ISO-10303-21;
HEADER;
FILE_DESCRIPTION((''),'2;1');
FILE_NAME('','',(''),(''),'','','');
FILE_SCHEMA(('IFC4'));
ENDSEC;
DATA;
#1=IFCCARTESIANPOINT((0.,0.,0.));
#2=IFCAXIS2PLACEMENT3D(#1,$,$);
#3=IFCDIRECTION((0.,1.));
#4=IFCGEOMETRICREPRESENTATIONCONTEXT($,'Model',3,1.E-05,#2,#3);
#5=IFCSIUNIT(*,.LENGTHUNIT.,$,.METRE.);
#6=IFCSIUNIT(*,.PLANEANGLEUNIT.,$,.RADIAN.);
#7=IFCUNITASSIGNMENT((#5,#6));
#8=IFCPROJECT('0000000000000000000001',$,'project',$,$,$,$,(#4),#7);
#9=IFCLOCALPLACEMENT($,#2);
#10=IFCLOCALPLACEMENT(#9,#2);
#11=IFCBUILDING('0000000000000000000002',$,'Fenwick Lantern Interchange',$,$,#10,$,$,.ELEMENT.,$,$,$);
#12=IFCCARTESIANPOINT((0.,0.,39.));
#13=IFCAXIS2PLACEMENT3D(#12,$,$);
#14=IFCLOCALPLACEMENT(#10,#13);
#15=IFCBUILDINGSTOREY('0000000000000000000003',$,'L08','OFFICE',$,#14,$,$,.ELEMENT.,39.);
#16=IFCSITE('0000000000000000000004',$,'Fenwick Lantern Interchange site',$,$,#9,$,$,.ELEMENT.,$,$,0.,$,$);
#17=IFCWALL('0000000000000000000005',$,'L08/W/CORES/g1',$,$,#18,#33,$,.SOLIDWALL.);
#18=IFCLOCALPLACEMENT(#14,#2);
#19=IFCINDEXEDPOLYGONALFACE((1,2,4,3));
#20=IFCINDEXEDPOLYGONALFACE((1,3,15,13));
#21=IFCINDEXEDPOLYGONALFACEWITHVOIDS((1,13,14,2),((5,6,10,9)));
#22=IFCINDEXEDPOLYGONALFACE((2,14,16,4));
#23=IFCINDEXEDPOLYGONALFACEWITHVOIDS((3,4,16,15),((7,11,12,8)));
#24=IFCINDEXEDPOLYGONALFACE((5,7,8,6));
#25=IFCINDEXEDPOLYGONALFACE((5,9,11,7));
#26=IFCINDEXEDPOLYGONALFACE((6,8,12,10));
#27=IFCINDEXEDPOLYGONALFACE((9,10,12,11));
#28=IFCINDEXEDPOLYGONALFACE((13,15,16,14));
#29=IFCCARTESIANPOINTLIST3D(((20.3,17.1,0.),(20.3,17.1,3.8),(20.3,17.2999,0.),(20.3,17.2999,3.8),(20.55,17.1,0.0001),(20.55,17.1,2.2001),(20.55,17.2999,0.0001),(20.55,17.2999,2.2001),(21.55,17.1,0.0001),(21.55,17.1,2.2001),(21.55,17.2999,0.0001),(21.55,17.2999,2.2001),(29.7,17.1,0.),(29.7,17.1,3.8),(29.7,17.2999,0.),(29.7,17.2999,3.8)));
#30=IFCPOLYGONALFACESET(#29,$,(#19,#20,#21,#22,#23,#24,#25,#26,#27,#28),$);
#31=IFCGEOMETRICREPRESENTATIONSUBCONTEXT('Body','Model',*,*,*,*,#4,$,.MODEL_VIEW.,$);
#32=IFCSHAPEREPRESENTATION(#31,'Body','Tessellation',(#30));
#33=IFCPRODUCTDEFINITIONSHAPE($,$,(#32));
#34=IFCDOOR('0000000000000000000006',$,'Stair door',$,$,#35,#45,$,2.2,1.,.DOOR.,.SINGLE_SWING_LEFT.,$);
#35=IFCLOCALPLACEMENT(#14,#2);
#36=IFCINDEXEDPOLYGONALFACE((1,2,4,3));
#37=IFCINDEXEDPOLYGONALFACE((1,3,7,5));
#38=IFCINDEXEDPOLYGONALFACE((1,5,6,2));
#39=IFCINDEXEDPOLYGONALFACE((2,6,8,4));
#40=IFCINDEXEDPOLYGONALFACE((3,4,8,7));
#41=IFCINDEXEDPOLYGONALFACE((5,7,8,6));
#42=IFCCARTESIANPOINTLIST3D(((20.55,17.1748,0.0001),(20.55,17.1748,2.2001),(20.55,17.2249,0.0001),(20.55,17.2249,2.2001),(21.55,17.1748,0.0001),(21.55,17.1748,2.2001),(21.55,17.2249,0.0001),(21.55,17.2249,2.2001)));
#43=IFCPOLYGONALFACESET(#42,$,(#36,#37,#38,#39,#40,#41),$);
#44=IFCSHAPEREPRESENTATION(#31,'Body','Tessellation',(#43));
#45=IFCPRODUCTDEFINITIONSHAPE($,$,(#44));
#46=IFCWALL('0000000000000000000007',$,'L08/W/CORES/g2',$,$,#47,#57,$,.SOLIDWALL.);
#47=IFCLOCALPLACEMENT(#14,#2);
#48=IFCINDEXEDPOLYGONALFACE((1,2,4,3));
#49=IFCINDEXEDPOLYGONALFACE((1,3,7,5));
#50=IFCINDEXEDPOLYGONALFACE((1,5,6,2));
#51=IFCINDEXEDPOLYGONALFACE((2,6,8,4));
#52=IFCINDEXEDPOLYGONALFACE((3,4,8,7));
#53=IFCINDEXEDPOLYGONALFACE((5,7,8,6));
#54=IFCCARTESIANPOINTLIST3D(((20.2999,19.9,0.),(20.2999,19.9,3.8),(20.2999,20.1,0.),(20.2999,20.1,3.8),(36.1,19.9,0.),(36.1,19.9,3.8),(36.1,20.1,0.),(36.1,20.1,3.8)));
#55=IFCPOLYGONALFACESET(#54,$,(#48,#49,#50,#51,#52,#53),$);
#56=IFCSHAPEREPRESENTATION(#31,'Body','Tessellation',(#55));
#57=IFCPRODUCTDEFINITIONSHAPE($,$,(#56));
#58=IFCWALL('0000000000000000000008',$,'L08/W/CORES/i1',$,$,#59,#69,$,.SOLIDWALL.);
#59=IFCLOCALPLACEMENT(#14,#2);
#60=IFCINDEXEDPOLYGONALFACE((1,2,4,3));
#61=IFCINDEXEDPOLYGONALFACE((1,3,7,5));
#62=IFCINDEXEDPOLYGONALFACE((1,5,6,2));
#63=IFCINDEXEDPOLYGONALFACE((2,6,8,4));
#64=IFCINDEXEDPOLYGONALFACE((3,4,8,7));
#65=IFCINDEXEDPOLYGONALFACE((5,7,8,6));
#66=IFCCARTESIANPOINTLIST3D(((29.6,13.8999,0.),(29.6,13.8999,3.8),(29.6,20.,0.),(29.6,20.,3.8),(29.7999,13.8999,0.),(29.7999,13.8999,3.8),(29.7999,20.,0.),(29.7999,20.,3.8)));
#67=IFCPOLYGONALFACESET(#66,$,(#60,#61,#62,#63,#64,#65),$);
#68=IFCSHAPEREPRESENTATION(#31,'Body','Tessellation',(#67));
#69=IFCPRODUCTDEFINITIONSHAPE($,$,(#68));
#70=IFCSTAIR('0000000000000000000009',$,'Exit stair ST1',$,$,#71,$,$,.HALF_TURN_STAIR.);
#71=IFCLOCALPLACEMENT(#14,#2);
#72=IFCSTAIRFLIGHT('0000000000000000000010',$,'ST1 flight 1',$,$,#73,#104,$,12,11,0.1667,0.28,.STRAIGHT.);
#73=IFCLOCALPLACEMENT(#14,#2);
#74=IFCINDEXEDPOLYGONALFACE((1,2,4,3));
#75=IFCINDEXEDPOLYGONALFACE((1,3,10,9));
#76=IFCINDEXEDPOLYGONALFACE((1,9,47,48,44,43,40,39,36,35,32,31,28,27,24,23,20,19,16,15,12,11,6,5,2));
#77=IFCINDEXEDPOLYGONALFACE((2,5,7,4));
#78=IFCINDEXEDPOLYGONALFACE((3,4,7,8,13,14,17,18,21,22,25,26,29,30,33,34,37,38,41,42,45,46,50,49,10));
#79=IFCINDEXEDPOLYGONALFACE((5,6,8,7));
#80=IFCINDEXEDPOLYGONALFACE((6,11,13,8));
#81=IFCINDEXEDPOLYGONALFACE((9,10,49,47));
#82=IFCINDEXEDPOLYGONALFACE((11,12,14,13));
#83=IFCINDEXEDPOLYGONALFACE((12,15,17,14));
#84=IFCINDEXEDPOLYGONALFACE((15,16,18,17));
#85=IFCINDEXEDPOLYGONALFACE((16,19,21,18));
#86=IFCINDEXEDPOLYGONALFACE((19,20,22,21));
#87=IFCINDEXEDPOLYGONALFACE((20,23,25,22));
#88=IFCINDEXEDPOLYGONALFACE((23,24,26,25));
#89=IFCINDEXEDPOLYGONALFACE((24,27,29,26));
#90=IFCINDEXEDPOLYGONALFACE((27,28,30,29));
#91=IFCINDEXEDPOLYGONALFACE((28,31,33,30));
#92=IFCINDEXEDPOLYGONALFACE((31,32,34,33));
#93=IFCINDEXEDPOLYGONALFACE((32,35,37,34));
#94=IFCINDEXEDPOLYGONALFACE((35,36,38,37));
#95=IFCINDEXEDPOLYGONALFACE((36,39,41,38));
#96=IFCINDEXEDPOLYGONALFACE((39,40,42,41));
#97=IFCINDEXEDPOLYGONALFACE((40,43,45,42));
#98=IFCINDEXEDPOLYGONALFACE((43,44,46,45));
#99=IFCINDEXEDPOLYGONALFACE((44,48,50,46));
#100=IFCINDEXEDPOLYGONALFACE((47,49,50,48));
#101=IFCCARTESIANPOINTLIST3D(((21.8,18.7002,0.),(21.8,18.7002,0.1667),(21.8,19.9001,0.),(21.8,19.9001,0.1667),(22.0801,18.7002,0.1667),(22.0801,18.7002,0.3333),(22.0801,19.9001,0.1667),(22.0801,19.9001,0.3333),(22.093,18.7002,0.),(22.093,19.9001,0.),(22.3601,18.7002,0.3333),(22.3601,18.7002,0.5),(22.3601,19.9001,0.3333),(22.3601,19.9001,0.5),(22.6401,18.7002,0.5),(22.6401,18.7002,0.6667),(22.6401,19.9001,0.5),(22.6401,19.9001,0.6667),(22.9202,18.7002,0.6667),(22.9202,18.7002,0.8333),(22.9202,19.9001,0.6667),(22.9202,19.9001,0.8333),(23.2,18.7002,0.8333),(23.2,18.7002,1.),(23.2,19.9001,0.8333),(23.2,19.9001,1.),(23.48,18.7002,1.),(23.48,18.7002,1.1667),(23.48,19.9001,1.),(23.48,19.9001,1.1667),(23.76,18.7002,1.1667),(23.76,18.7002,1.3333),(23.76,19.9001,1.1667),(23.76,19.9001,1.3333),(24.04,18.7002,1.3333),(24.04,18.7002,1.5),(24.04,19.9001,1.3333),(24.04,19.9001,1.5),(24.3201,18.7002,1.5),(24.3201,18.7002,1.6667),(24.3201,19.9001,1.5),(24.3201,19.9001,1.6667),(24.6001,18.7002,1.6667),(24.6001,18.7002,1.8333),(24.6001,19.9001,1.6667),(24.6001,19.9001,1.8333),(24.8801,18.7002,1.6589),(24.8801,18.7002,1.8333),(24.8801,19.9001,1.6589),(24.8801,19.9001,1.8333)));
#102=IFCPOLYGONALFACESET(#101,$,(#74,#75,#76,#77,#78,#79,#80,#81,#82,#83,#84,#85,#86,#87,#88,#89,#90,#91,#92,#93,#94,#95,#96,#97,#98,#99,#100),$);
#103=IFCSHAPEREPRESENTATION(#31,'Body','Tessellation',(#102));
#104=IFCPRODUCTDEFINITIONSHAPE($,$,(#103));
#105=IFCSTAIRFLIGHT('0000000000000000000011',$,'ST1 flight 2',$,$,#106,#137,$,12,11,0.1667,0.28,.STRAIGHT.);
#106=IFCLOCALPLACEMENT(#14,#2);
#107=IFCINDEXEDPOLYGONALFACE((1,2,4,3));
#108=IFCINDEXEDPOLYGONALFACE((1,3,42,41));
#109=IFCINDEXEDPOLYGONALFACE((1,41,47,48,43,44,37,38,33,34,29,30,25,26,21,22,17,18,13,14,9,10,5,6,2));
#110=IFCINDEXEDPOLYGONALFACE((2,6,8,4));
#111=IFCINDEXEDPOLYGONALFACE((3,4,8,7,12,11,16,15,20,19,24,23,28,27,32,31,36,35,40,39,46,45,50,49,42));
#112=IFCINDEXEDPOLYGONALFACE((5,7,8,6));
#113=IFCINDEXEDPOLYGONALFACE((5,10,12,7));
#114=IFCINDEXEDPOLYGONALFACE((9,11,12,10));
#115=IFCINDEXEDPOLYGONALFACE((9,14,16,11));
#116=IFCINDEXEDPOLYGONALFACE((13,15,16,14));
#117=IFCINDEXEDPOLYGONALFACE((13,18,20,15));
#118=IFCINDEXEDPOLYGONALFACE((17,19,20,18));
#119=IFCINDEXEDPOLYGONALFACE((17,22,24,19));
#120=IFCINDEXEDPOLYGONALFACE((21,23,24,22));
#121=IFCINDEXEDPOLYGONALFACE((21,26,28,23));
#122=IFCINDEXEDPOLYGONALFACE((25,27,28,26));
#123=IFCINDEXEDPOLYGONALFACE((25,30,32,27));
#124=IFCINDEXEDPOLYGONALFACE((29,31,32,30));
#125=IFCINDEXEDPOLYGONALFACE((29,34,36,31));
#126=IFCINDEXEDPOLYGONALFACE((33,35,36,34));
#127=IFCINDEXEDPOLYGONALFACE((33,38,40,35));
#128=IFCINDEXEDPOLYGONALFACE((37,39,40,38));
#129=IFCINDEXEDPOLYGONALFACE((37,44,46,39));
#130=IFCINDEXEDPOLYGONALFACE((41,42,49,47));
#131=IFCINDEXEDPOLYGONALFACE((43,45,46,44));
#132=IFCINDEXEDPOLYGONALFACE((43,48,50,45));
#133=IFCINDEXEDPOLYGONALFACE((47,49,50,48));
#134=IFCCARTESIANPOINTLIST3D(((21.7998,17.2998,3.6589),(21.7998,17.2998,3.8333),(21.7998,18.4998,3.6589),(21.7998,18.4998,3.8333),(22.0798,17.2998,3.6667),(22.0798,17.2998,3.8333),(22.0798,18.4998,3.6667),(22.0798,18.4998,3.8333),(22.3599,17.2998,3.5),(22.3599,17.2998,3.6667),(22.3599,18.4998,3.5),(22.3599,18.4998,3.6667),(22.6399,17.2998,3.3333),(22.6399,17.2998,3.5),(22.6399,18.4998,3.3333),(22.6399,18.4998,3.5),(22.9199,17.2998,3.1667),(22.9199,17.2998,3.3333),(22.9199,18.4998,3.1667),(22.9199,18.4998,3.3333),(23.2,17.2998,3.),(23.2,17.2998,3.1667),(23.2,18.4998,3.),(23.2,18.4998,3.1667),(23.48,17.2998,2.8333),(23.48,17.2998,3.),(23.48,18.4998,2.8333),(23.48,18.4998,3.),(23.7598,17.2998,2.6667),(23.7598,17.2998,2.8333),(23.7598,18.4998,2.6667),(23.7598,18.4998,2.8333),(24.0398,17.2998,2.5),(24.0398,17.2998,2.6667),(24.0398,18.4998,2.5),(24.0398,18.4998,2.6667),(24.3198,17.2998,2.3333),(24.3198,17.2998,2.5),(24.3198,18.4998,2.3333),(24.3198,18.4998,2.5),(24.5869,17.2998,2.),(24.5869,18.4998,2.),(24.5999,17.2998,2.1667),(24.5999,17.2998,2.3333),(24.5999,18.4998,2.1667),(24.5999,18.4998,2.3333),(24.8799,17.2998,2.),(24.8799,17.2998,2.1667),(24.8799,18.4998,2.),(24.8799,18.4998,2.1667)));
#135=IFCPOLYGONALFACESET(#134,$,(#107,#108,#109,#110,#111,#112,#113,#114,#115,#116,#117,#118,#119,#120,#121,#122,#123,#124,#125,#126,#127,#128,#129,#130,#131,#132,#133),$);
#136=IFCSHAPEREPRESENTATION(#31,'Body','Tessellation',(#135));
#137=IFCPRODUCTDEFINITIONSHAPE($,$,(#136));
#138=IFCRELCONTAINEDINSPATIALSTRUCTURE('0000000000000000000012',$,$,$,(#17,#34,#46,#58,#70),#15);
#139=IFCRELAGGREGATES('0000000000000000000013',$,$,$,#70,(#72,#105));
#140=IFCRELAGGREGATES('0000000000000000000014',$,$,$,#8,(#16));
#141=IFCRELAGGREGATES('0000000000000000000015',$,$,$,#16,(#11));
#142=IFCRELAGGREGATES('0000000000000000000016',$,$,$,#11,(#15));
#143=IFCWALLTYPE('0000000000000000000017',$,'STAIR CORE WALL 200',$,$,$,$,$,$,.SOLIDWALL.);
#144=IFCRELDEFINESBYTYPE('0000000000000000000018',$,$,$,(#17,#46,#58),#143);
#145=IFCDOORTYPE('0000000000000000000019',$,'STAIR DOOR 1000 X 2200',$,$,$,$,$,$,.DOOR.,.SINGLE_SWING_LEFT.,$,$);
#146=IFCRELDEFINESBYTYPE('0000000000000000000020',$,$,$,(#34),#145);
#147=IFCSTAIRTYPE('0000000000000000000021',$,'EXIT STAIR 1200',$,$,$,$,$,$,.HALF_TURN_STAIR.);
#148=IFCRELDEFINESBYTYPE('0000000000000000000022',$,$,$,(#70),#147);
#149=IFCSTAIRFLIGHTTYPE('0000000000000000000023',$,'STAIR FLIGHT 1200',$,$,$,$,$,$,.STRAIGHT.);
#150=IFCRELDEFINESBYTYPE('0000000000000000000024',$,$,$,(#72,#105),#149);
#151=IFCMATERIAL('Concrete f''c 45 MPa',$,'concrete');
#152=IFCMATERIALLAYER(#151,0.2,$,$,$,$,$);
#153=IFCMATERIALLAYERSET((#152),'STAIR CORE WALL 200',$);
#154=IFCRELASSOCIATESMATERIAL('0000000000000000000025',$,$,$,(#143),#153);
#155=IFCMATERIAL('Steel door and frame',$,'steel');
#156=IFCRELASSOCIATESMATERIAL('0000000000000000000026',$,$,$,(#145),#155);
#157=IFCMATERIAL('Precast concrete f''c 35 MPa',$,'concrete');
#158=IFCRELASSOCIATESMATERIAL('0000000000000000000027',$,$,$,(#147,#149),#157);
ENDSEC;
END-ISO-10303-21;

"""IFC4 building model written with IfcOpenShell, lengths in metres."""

from ifc_helpers import new_model, si_unit, direction, frame, frame_2d, origin, place, context, subcontext, project, spatial, polyline, rectangle, outline, extrude, material, layer, layer_set, type_object, element, fill, aggregate, save


model = new_model("IFC4")

# Units and contexts
model_context = context("Model", 3, precision=1e-05, world=origin(), true_north=direction((0.0, 1.0)))
body_context = subcontext(model_context, "Body", "Model", "MODEL_VIEW")
ifc_project = project(units=[si_unit("LENGTHUNIT", "METRE"), si_unit("PLANEANGLEUNIT", "RADIAN")], contexts=[model_context])

# Site, building, storey
site_placement = place(None, origin())
site = spatial("IfcSite", under=ifc_project, at=site_placement, Name="Fenwick Lantern Interchange site", CompositionType="ELEMENT", RefElevation=0.0)
building_placement = place(site_placement, origin())
building = spatial("IfcBuilding", under=site, at=building_placement, Name="Fenwick Lantern Interchange", CompositionType="ELEMENT")
storey_placement = place(building_placement, frame((0.0, 0.0, 39.0)))
storey = spatial("IfcBuildingStorey", under=building, at=storey_placement, Name="L08", Description="OFFICE", CompositionType="ELEMENT", Elevation=39.0)

# Shared definitions
ifc_material_1 = material(Name="Steel door and frame", Category="steel")

# Shared definitions
ifc_material_2 = material(Name="Concrete f'c 45 MPa", Category="concrete")
ifc_layer_1 = layer(ifc_material_2, 0.2)
ifc_layer_set_1 = layer_set([ifc_layer_1], Name="STAIR CORE WALL 200")
wall_type_1 = type_object("IfcWallType", Name="STAIR CORE WALL 200", PredefinedType="SOLIDWALL", material=ifc_layer_set_1)

# Wall, opening, door
wall_1_placement = place(storey_placement, frame((20.3, 17.2, 0.0), z_axis=(0.0, 0.0, 1.0), x_axis=(1.0, 0.0, 0.0)))
wall_1 = element("IfcWall", 1, at=wall_1_placement, inside=storey, type_object=wall_type_1, Name="L08/W/CORES/g1", PredefinedType="SOLIDWALL", context=body_context, shape_type="SweptSolid", body=[
    extrude(rectangle(XDim=9.3999, YDim=0.2, at=frame_2d((4.7, 0.0))), origin(), (0.0, 0.0, 1.0), 3.8),
])
opening_1_placement = place(wall_1_placement, frame((0.25, 0.0, 0.0)))
opening_1 = element("IfcOpeningElement", 2, at=opening_1_placement, cuts=wall_1, PredefinedType="OPENING", context=body_context, shape_type="SweptSolid", body=[
    extrude(rectangle(XDim=1.0, YDim=2.2, at=frame_2d((0.5, 1.1001))), frame((0.0, 0.1099, 0.0), z_axis=(0.0, -1.0, 0.0), x_axis=(1.0, 0.0, 0.0)), (0.0, 0.0, 1.0), 0.22),
])
door_type_1 = type_object("IfcDoorType", Name="STAIR DOOR 1000 X 2200", OperationType="SINGLE_SWING_LEFT", PredefinedType="DOOR", material=ifc_material_1)
door_1_placement = place(opening_1_placement, origin())
door_1 = element("IfcDoor", 3, at=door_1_placement, inside=storey, type_object=door_type_1, Name="Stair door", OperationType="SINGLE_SWING_LEFT", OverallHeight=2.2, OverallWidth=1.0, PredefinedType="DOOR", context=body_context, shape_type="SweptSolid", body=[
    extrude(rectangle(XDim=1.0, YDim=2.2, at=frame_2d((0.5, 1.1001))), frame((0.0, 0.0249, 0.0), z_axis=(0.0, -1.0, 0.0), x_axis=(1.0, 0.0, 0.0)), (0.0, 0.0, 1.0), 0.05),
])
fill(opening_1, door_1)

# Walls
wall_2_placement = place(storey_placement, frame((20.3, 20.0, 0.0), z_axis=(0.0, 0.0, 1.0), x_axis=(1.0, 0.0, 0.0)))
element("IfcWall", 4, at=wall_2_placement, inside=storey, type_object=wall_type_1, Name="L08/W/CORES/g2", PredefinedType="SOLIDWALL", context=body_context, shape_type="SweptSolid", body=[
    extrude(rectangle(XDim=15.8, YDim=0.2, at=frame_2d((7.8999, 0.0))), origin(), (0.0, 0.0, 1.0), 3.8),
])
wall_3_placement = place(storey_placement, frame((29.7, 13.8999, 0.0), z_axis=(0.0, 0.0, 1.0), x_axis=(0.0, 1.0, 0.0)))
element("IfcWall", 5, at=wall_3_placement, inside=storey, type_object=wall_type_1, Name="L08/W/CORES/i1", PredefinedType="SOLIDWALL", context=body_context, shape_type="SweptSolid", body=[
    extrude(rectangle(XDim=6.1001, YDim=0.2, at=frame_2d((3.05, 0.0))), origin(), (0.0, 0.0, 1.0), 3.8),
])

# Stair, stair flights
ifc_material_3 = material(Name="Precast concrete f'c 35 MPa", Category="concrete")
stair_type = type_object("IfcStairType", Name="EXIT STAIR 1200", PredefinedType="HALF_TURN_STAIR", material=ifc_material_3)
stair_placement = place(storey_placement, origin())
stair = element("IfcStair", 6, at=stair_placement, inside=storey, type_object=stair_type, Name="Exit stair ST1", PredefinedType="HALF_TURN_STAIR")
stair_flight_type = type_object("IfcStairFlightType", Name="STAIR FLIGHT 1200", PredefinedType="STRAIGHT", material=ifc_material_3)
stair_flight_1_placement = place(storey_placement, frame((21.8, 19.3, 0.0), z_axis=(0.0, 0.0, 1.0), x_axis=(1.0, 0.0, 0.0)))
stair_flight_1 = element("IfcStairFlight", 7, at=stair_flight_1_placement, type_object=stair_flight_type, Name="ST1 flight 1", NumberOfRisers=12, NumberOfTreads=11, PredefinedType="STRAIGHT", RiserHeight=0.1667, TreadLength=0.28, context=body_context, shape_type="SweptSolid", body=[
    extrude(outline(polyline([(0.0, 0.0), (0.0, 0.1667), (0.28, 0.1667), (0.28, 0.3333), (0.5601, 0.3333), (0.5601, 0.5), (0.8401, 0.5), (0.8401, 0.6667), (1.1201, 0.6667), (1.1201, 0.8333), (1.3999, 0.8333), (1.3999, 1.0), (1.6799, 1.0), (1.6799, 1.1667), (1.96, 1.1667), (1.96, 1.3333), (2.24, 1.3333), (2.24, 1.5), (2.52, 1.5), (2.52, 1.6667), (2.8, 1.6667), (2.8, 1.8333), (3.0801, 1.8333), (3.0801, 2.0), (3.0801, 1.6589), (0.293, 0.0), (0.0, 0.0)])), frame((0.0, 0.6001, 0.0), z_axis=(0.0, -1.0, 0.0), x_axis=(1.0, 0.0, 0.0)), (0.0, 0.0, 1.0), 1.2),
])
stair_flight_2_placement = place(storey_placement, frame((24.8799, 17.8999, 2.0), z_axis=(0.0, 0.0, 1.0), x_axis=(-1.0, 0.0, 0.0)))
stair_flight_2 = element("IfcStairFlight", 8, at=stair_flight_2_placement, type_object=stair_flight_type, Name="ST1 flight 2", NumberOfRisers=12, NumberOfTreads=11, PredefinedType="STRAIGHT", RiserHeight=0.1667, TreadLength=0.28, context=body_context, shape_type="SweptSolid", body=[
    extrude(outline(polyline([(0.0, 0.0), (0.0, 0.1667), (0.28, 0.1667), (0.28, 0.3333), (0.5601, 0.3333), (0.5601, 0.5), (0.8401, 0.5), (0.8401, 0.6667), (1.1201, 0.6667), (1.1201, 0.8333), (1.3999, 0.8333), (1.3999, 1.0), (1.6799, 1.0), (1.6799, 1.1667), (1.96, 1.1667), (1.96, 1.3333), (2.24, 1.3333), (2.24, 1.5), (2.52, 1.5), (2.52, 1.6667), (2.8, 1.6667), (2.8, 1.8333), (3.0801, 1.8333), (3.0801, 2.0), (3.0801, 1.6589), (0.293, 0.0), (0.0, 0.0)])), frame((0.0, 0.6001, 0.0), z_axis=(0.0, -1.0, 0.0), x_axis=(1.0, 0.0, 0.0)), (0.0, 0.0, 1.0), 1.2),
])
aggregate(stair, [stair_flight_1, stair_flight_2])

save(model, "model.ifc")
